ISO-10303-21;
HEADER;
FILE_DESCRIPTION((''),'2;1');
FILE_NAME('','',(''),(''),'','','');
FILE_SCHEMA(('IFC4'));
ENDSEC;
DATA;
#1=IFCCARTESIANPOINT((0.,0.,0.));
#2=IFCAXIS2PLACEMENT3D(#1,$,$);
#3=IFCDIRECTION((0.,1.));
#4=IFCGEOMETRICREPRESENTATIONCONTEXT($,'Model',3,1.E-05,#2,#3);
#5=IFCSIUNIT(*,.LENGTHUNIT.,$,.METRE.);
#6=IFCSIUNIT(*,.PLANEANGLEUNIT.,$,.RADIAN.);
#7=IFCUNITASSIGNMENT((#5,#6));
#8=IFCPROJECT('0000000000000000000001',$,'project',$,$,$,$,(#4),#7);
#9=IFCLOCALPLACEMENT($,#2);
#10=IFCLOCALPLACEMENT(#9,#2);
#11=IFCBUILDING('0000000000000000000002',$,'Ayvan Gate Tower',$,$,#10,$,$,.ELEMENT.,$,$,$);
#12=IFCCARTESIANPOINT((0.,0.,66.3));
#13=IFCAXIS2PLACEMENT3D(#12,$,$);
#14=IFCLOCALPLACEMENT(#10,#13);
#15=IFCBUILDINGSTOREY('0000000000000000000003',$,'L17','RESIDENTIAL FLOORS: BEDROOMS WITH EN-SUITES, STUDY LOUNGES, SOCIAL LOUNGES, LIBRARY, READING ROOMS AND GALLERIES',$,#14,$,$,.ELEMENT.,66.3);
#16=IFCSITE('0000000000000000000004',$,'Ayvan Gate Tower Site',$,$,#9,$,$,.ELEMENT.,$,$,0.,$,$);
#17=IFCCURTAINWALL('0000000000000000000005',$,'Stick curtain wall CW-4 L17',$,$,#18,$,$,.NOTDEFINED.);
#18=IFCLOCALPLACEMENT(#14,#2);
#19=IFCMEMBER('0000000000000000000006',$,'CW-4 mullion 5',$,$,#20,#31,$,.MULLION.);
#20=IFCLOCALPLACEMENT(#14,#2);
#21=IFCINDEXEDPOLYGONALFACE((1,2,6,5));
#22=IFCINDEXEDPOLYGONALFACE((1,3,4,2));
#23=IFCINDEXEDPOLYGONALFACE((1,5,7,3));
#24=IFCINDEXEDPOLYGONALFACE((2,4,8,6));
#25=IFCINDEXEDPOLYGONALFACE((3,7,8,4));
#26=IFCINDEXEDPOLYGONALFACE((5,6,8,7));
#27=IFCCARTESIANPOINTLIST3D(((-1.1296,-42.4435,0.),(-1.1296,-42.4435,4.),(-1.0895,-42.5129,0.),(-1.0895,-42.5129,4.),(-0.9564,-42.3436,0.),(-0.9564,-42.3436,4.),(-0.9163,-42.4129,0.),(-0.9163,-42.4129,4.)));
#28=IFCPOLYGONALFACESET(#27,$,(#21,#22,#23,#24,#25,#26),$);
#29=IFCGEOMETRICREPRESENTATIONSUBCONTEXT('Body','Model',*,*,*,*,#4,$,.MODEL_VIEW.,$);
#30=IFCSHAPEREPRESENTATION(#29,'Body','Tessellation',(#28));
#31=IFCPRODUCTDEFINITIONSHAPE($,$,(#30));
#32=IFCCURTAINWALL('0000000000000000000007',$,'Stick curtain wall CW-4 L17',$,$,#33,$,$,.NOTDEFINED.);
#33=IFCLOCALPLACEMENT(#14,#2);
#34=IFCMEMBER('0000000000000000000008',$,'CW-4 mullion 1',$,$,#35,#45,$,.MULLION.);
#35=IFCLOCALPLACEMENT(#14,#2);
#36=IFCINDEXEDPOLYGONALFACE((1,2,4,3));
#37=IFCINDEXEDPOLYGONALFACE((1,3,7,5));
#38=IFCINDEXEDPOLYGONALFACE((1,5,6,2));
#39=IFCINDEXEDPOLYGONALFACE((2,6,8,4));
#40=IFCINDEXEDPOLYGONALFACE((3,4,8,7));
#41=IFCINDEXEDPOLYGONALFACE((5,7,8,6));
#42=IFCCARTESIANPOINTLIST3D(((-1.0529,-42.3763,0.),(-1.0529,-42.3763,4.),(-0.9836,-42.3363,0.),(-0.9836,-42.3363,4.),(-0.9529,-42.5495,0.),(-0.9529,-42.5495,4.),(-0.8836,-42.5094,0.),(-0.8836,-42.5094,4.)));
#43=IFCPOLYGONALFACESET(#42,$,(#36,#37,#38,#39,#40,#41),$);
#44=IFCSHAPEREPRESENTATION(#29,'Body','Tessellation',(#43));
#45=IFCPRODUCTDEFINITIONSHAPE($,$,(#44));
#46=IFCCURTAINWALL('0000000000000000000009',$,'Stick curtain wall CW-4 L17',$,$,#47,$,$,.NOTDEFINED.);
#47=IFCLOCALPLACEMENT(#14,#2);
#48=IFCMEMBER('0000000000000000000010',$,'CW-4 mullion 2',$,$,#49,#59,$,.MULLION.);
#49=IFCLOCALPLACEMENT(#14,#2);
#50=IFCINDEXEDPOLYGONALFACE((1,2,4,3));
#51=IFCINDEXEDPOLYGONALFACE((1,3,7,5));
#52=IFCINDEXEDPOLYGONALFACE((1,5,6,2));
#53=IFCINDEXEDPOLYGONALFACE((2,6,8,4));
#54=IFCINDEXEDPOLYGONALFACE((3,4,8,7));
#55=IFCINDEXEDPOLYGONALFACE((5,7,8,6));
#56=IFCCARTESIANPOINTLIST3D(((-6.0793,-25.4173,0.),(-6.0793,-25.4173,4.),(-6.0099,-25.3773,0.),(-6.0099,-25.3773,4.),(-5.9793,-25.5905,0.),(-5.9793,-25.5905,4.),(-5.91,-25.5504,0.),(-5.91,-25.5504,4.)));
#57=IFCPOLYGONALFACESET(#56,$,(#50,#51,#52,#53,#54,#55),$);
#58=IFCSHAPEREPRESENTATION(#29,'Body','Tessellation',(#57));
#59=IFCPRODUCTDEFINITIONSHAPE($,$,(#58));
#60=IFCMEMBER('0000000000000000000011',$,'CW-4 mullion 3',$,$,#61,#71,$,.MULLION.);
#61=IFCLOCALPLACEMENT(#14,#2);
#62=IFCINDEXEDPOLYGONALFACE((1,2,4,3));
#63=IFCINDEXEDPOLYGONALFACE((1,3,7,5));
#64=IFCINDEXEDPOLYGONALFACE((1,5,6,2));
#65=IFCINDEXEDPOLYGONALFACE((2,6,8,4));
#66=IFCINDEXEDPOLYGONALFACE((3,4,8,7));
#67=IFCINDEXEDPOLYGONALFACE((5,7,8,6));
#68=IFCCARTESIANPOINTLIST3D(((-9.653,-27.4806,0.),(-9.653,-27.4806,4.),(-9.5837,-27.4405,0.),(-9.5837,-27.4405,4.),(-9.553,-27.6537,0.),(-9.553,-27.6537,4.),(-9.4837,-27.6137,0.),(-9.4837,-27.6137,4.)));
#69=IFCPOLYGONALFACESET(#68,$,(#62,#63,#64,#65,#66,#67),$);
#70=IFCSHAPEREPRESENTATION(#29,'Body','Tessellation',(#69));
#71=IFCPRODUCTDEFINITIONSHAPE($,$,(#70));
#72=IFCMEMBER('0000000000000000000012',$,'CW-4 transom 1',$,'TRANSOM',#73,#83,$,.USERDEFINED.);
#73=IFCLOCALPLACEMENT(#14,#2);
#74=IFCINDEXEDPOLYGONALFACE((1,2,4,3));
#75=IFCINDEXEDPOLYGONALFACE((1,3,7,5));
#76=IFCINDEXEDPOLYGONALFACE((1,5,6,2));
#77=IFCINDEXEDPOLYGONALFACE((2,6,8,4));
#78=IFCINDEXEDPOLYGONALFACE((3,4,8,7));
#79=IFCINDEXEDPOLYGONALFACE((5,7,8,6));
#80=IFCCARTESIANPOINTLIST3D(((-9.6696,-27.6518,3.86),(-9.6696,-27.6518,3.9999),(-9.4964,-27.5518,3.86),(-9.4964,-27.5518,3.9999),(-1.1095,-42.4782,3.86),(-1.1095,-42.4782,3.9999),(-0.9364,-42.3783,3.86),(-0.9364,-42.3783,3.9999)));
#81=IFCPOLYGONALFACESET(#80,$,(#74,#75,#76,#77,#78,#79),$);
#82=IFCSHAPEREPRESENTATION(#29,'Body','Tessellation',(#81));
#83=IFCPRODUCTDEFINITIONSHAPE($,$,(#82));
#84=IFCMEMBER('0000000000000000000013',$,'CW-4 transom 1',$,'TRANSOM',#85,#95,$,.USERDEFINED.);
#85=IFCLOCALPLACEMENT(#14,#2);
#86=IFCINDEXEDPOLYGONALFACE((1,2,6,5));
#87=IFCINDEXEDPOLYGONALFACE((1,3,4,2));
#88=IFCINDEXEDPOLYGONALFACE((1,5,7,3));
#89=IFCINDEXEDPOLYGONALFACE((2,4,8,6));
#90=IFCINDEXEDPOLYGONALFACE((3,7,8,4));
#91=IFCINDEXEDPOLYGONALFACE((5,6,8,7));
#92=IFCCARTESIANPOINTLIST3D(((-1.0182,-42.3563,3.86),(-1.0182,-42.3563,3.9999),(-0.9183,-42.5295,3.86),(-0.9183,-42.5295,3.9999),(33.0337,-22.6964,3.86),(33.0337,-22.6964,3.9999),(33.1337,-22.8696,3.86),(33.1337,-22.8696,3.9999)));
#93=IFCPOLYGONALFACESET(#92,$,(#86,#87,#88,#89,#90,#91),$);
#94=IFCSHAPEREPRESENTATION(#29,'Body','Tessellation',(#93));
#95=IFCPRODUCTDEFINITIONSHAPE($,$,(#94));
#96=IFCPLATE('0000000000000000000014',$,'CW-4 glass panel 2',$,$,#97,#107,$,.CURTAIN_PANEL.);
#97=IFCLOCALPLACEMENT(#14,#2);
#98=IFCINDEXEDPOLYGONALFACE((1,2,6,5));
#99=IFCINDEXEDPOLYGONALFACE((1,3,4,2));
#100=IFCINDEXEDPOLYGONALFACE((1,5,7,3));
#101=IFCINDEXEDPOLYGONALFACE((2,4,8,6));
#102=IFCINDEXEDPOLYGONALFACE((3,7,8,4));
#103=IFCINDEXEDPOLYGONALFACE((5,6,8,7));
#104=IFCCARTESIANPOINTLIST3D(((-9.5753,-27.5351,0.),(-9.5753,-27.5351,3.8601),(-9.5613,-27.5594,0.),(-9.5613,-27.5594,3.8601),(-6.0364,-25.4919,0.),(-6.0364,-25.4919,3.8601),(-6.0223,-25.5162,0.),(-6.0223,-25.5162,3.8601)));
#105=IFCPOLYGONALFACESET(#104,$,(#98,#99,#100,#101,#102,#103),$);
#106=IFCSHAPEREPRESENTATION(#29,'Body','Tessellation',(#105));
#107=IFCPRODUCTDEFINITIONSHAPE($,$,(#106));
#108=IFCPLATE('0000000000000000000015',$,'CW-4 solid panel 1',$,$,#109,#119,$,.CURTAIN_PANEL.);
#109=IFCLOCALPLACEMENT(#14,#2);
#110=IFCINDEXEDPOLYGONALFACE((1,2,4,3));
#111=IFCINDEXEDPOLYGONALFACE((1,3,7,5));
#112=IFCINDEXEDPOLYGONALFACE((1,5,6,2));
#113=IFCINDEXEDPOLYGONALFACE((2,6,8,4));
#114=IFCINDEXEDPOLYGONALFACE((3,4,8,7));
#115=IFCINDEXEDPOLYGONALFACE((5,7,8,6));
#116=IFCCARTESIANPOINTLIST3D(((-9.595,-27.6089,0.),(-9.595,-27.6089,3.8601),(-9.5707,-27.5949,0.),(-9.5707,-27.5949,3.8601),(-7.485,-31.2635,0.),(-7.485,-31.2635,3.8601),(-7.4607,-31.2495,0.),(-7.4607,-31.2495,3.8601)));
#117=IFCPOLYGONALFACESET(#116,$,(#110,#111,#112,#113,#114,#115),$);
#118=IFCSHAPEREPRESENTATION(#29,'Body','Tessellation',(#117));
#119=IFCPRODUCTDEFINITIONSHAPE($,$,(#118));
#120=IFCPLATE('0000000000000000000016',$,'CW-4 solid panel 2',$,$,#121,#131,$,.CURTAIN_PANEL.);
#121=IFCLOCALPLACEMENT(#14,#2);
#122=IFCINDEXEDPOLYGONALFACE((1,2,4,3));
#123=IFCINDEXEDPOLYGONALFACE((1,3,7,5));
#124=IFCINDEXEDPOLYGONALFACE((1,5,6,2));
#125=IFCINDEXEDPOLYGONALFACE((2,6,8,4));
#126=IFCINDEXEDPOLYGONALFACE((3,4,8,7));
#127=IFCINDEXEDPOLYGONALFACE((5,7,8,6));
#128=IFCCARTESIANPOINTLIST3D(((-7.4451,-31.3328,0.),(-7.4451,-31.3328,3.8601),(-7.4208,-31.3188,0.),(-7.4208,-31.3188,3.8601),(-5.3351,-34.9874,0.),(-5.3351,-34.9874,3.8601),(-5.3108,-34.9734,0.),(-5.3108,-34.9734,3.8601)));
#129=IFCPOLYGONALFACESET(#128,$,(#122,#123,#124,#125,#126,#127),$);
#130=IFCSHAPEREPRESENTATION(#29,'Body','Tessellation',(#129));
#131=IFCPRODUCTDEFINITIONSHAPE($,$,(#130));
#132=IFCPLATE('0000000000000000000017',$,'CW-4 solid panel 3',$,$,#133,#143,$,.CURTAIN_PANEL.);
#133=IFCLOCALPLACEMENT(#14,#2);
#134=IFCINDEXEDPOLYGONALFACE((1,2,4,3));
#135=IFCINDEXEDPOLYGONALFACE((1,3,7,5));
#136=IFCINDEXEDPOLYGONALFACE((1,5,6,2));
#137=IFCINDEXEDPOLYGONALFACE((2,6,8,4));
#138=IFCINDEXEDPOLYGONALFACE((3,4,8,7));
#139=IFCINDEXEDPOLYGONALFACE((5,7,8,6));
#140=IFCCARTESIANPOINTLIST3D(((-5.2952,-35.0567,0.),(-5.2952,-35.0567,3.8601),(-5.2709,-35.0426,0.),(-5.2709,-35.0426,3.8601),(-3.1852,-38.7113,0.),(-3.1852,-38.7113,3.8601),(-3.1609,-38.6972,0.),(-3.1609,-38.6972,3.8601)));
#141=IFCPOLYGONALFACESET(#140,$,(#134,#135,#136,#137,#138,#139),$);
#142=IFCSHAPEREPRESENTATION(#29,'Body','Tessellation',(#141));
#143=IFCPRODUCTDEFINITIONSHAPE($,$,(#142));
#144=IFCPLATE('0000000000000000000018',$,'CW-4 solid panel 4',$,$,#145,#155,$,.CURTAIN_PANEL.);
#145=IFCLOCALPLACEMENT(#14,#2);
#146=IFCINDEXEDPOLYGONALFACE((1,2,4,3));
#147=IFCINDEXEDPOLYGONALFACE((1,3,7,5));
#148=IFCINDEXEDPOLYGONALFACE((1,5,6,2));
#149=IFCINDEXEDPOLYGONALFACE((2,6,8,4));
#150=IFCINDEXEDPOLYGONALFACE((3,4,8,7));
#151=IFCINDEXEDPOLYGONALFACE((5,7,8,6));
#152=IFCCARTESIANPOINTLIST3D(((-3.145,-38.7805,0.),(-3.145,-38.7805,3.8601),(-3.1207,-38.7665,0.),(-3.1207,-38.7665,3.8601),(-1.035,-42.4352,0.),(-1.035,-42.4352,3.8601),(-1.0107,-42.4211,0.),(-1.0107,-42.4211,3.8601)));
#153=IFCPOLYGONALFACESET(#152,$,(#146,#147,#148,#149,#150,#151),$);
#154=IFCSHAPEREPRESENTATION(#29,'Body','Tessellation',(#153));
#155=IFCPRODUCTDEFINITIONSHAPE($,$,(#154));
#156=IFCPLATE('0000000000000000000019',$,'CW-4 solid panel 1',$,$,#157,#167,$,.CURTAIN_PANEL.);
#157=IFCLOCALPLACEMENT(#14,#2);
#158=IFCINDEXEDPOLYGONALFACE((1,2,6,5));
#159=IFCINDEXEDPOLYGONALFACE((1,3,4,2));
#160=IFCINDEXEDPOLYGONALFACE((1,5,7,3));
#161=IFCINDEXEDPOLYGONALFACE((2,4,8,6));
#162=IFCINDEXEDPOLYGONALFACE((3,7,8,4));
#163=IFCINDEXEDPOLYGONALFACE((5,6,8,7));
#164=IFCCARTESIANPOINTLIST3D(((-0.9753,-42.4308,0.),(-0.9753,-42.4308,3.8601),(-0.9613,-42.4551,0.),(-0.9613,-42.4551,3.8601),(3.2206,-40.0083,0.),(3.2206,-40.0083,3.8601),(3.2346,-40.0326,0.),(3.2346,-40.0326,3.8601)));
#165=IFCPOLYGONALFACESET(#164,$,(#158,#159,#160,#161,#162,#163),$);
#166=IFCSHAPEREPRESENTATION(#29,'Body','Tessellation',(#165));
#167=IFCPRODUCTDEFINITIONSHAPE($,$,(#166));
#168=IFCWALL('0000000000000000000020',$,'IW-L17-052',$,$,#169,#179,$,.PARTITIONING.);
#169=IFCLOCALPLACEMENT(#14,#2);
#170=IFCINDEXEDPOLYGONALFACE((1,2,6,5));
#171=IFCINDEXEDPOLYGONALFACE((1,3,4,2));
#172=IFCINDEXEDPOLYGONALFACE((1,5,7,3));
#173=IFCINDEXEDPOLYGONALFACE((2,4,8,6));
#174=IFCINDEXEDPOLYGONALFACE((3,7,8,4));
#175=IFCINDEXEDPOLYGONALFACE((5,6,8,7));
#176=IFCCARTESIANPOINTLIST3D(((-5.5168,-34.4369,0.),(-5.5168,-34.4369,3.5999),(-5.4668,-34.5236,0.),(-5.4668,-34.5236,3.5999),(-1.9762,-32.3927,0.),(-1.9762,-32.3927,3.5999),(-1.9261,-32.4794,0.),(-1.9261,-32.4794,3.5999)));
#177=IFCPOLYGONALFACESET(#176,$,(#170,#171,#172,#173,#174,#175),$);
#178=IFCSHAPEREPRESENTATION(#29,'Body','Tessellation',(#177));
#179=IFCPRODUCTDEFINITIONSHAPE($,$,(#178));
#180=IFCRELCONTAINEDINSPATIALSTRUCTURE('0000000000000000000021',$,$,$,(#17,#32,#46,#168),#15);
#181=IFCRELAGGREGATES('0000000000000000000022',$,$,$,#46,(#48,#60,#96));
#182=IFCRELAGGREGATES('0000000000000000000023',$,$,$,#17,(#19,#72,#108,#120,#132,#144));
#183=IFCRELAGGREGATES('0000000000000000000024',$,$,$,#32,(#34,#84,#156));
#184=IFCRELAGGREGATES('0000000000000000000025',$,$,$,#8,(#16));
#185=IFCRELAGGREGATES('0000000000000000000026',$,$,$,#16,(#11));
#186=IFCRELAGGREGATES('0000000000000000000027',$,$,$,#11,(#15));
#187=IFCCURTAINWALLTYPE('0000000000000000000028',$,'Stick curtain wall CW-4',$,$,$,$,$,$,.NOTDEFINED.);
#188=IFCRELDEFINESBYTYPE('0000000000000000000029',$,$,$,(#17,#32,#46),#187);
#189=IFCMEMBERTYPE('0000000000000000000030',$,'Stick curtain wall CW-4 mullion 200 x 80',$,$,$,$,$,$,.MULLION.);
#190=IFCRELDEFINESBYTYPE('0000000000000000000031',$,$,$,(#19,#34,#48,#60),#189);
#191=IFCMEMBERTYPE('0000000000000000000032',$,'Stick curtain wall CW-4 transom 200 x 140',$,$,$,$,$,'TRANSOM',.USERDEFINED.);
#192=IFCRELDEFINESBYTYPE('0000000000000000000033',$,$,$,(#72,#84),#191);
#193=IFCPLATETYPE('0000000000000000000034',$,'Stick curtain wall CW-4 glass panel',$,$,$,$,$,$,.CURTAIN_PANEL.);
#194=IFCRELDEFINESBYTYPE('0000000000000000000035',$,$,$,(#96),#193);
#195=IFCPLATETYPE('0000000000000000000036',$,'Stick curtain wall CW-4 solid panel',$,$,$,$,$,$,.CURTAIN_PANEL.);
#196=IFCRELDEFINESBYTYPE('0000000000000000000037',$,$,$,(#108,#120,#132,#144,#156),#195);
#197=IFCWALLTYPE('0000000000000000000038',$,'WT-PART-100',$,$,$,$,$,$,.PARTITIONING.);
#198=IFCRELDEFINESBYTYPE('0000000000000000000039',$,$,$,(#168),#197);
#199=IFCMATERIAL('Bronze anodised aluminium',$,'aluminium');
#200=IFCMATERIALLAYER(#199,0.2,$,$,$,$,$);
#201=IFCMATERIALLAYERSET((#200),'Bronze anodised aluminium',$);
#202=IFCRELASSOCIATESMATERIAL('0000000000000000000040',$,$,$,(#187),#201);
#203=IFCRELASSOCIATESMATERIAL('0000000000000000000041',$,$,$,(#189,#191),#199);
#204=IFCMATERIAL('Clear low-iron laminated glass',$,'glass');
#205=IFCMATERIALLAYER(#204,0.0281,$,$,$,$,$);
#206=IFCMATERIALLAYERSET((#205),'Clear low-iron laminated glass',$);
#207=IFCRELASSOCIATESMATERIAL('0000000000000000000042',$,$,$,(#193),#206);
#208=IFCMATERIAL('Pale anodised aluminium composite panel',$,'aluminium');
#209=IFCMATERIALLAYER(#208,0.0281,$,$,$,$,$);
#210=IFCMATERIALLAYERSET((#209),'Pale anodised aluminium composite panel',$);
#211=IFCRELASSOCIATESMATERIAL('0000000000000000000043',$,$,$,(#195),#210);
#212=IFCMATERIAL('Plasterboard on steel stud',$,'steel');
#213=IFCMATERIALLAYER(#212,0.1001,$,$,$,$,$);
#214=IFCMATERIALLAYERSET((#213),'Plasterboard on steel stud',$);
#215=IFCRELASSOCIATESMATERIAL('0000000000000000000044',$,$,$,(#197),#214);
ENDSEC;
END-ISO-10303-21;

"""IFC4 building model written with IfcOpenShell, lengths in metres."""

from ifc_helpers import new_model, si_unit, direction, frame, frame_2d, origin, origin_2d, place, context, subcontext, project, spatial, rectangle, extrude, material, layer, layer_set, material_profile, profile_set, type_object, element, aggregate, save


model = new_model("IFC4")

# Units and contexts
model_context = context("Model", 3, precision=1e-05, world=origin(), true_north=direction((0.0, 1.0)))
body_context = subcontext(model_context, "Body", "Model", "MODEL_VIEW")
ifc_project = project(units=[si_unit("LENGTHUNIT", "METRE"), si_unit("PLANEANGLEUNIT", "RADIAN")], contexts=[model_context])

# Site, building, storey
site_placement = place(None, origin())
site = spatial("IfcSite", under=ifc_project, at=site_placement, Name="Ayvan Gate Tower Site", CompositionType="ELEMENT", RefElevation=0.0)
building_placement = place(site_placement, origin())
building = spatial("IfcBuilding", under=site, at=building_placement, Name="Ayvan Gate Tower", CompositionType="ELEMENT")
storey_placement = place(building_placement, frame((0.0, 0.0, 66.3)))
storey = spatial("IfcBuildingStorey", under=building, at=storey_placement, Name="L17", Description="RESIDENTIAL FLOORS: BEDROOMS WITH EN-SUITES, STUDY LOUNGES, SOCIAL LOUNGES, LIBRARY, READING ROOMS AND GALLERIES", CompositionType="ELEMENT", Elevation=66.3)

# Curtain wall, member
ifc_material_1 = material(Name="Bronze anodised aluminium", Category="aluminium")
ifc_layer_1 = layer(ifc_material_1, 0.2)
ifc_layer_set_1 = layer_set([ifc_layer_1], Name="Bronze anodised aluminium")
curtain_wall_type = type_object("IfcCurtainWallType", Name="Stick curtain wall CW-4", PredefinedType="NOTDEFINED", material=ifc_layer_set_1)
curtain_wall_1_placement = place(storey_placement, origin())
curtain_wall_1 = element("IfcCurtainWall", 1, at=curtain_wall_1_placement, inside=storey, type_object=curtain_wall_type, Name="Stick curtain wall CW-4 L17", PredefinedType="NOTDEFINED")
ifc_material_profile_1 = material_profile(ifc_material_1, rectangle(XDim=0.2, YDim=0.0801, at=origin_2d()), Name="Stick curtain wall CW-4 mullion 200 x 80")
ifc_profile_set_1 = profile_set([ifc_material_profile_1], Name="Bronze anodised aluminium")
member_type_1 = type_object("IfcMemberType", Name="Stick curtain wall CW-4 mullion 200 x 80", PredefinedType="MULLION", material=ifc_profile_set_1)
member_1_placement = place(storey_placement, frame((-1.0229, -42.4282, 0.0), z_axis=(0.0, 0.0, 1.0), x_axis=(-0.866025, -0.5, 0.0)))
member_1 = element("IfcMember", 2, at=member_1_placement, type_object=member_type_1, Name="CW-4 mullion 5", PredefinedType="MULLION", context=body_context, shape_type="SweptSolid", body=[
    extrude(rectangle(XDim=0.2, YDim=0.0801, at=origin_2d()), origin(), (0.0, 0.0, 1.0), 4.0),
])

# Curtain wall, member
curtain_wall_2_placement = place(storey_placement, origin())
curtain_wall_2 = element("IfcCurtainWall", 3, at=curtain_wall_2_placement, inside=storey, type_object=curtain_wall_type, Name="Stick curtain wall CW-4 L17", PredefinedType="NOTDEFINED")
member_2_placement = place(storey_placement, frame((-0.9683, -42.4429, 0.0), z_axis=(0.0, 0.0, 1.0), x_axis=(0.5, -0.866025, 0.0)))
member_2 = element("IfcMember", 4, at=member_2_placement, type_object=member_type_1, Name="CW-4 mullion 1", PredefinedType="MULLION", context=body_context, shape_type="SweptSolid", body=[
    extrude(rectangle(XDim=0.2, YDim=0.0801, at=origin_2d()), origin(), (0.0, 0.0, 1.0), 4.0),
])

# Curtain wall, members
curtain_wall_3_placement = place(storey_placement, origin())
curtain_wall_3 = element("IfcCurtainWall", 5, at=curtain_wall_3_placement, inside=storey, type_object=curtain_wall_type, Name="Stick curtain wall CW-4 L17", PredefinedType="NOTDEFINED")
member_3_placement = place(storey_placement, frame((-5.9946, -25.4839, 0.0), z_axis=(0.0, 0.0, 1.0), x_axis=(-0.5, 0.866025, 0.0)))
member_3 = element("IfcMember", 6, at=member_3_placement, type_object=member_type_1, Name="CW-4 mullion 2", PredefinedType="MULLION", context=body_context, shape_type="SweptSolid", body=[
    extrude(rectangle(XDim=0.2, YDim=0.0801, at=origin_2d()), origin(), (0.0, 0.0, 1.0), 4.0),
])
member_4_placement = place(storey_placement, frame((-9.5684, -27.5471, 0.0), z_axis=(0.0, 0.0, 1.0), x_axis=(-0.5, 0.866025, 0.0)))
member_4 = element("IfcMember", 7, at=member_4_placement, type_object=member_type_1, Name="CW-4 mullion 3", PredefinedType="MULLION", context=body_context, shape_type="SweptSolid", body=[
    extrude(rectangle(XDim=0.2, YDim=0.0801, at=origin_2d()), origin(), (0.0, 0.0, 1.0), 4.0),
])

# Members
ifc_material_profile_2 = material_profile(ifc_material_1, rectangle(XDim=0.2, YDim=0.1399, at=origin_2d()), Name="Stick curtain wall CW-4 transom 200 x 140")
ifc_profile_set_2 = profile_set([ifc_material_profile_2], Name="Bronze anodised aluminium")
member_type_2 = type_object("IfcMemberType", Name="Stick curtain wall CW-4 transom 200 x 140", ElementType="TRANSOM", PredefinedType="USERDEFINED", material=ifc_profile_set_2)
member_5_placement = place(storey_placement, frame((-9.583, -27.6018, 3.9299), z_axis=(0.500001, -0.866025, 0.0), x_axis=(0.866025, 0.500001, 0.0)))
member_5 = element("IfcMember", 8, at=member_5_placement, type_object=member_type_2, Name="CW-4 transom 1", ObjectType="TRANSOM", PredefinedType="USERDEFINED", context=body_context, shape_type="SweptSolid", body=[
    extrude(rectangle(XDim=0.2, YDim=0.1399, at=origin_2d()), origin(), (0.0, 0.0, 1.0), 17.1201),
])
member_6_placement = place(storey_placement, frame((-0.9683, -42.4429, 3.9299), z_axis=(0.866026, 0.5, 0.0), x_axis=(-0.5, 0.866026, 0.0)))
member_6 = element("IfcMember", 9, at=member_6_placement, type_object=member_type_2, Name="CW-4 transom 1", ObjectType="TRANSOM", PredefinedType="USERDEFINED", context=body_context, shape_type="SweptSolid", body=[
    extrude(rectangle(XDim=0.2, YDim=0.1399, at=origin_2d()), origin(), (0.0, 0.0, 1.0), 39.3198),
])

# Plates
ifc_material_2 = material(Name="Clear low-iron laminated glass", Category="glass")
ifc_layer_2 = layer(ifc_material_2, 0.0281)
ifc_layer_set_2 = layer_set([ifc_layer_2], Name="Clear low-iron laminated glass")
plate_type_1 = type_object("IfcPlateType", Name="Stick curtain wall CW-4 glass panel", PredefinedType="CURTAIN_PANEL", material=ifc_layer_set_2)
plate_1_placement = place(storey_placement, frame((-7.7988, -26.5256, 0.0), z_axis=(0.0, 0.0, 1.0), x_axis=(-0.866025, -0.5, 0.0)))
plate_1 = element("IfcPlate", 10, at=plate_1_placement, type_object=plate_type_1, Name="CW-4 glass panel 2", PredefinedType="CURTAIN_PANEL", context=body_context, shape_type="SweptSolid", body=[
    extrude(rectangle(XDim=4.0864, YDim=0.0281, at=origin_2d()), origin(), (0.0, 0.0, 1.0), 3.8601),
])
aggregate(curtain_wall_3, [member_3, member_4, plate_1])
ifc_material_3 = material(Name="Pale anodised aluminium composite panel", Category="aluminium")
ifc_layer_3 = layer(ifc_material_3, 0.0281)
ifc_layer_set_3 = layer_set([ifc_layer_3], Name="Pale anodised aluminium composite panel")
plate_type_2 = type_object("IfcPlateType", Name="Stick curtain wall CW-4 solid panel", PredefinedType="CURTAIN_PANEL", material=ifc_layer_set_3)
plate_2_placement = place(storey_placement, frame((-8.5278, -29.4292, 0.0), z_axis=(0.0, 0.0, 1.0), x_axis=(0.5, -0.866025, 0.0)))
plate_2 = element("IfcPlate", 11, at=plate_2_placement, type_object=plate_type_2, Name="CW-4 solid panel 1", PredefinedType="CURTAIN_PANEL", context=body_context, shape_type="SweptSolid", body=[
    extrude(rectangle(XDim=4.22, YDim=0.0281, at=origin_2d()), origin(), (0.0, 0.0, 1.0), 3.8601),
])
plate_3_placement = place(storey_placement, frame((-6.3779, -33.1531, 0.0), z_axis=(0.0, 0.0, 1.0), x_axis=(0.5, -0.866025, 0.0)))
plate_3 = element("IfcPlate", 12, at=plate_3_placement, type_object=plate_type_2, Name="CW-4 solid panel 2", PredefinedType="CURTAIN_PANEL", context=body_context, shape_type="SweptSolid", body=[
    extrude(rectangle(XDim=4.22, YDim=0.0281, at=origin_2d()), origin(), (0.0, 0.0, 1.0), 3.8601),
])
plate_4_placement = place(storey_placement, frame((-4.228, -36.877, 0.0), z_axis=(0.0, 0.0, 1.0), x_axis=(0.5, -0.866025, 0.0)))
plate_4 = element("IfcPlate", 13, at=plate_4_placement, type_object=plate_type_2, Name="CW-4 solid panel 3", PredefinedType="CURTAIN_PANEL", context=body_context, shape_type="SweptSolid", body=[
    extrude(rectangle(XDim=4.22, YDim=0.0281, at=origin_2d()), origin(), (0.0, 0.0, 1.0), 3.8601),
])
plate_5_placement = place(storey_placement, frame((-2.0779, -40.6008, 0.0), z_axis=(0.0, 0.0, 1.0), x_axis=(0.5, -0.866025, 0.0)))
plate_5 = element("IfcPlate", 14, at=plate_5_placement, type_object=plate_type_2, Name="CW-4 solid panel 4", PredefinedType="CURTAIN_PANEL", context=body_context, shape_type="SweptSolid", body=[
    extrude(rectangle(XDim=4.22, YDim=0.0281, at=origin_2d()), origin(), (0.0, 0.0, 1.0), 3.8601),
])
aggregate(curtain_wall_1, [member_1, member_5, plate_2, plate_3, plate_4, plate_5])
plate_6_placement = place(storey_placement, frame((1.1296, -41.2317, 0.0), z_axis=(0.0, 0.0, 1.0), x_axis=(0.866025, 0.5, 0.0)))
plate_6 = element("IfcPlate", 15, at=plate_6_placement, type_object=plate_type_2, Name="CW-4 solid panel 1", PredefinedType="CURTAIN_PANEL", context=body_context, shape_type="SweptSolid", body=[
    extrude(rectangle(XDim=4.845, YDim=0.0281, at=origin_2d()), origin(), (0.0, 0.0, 1.0), 3.8601),
])
aggregate(curtain_wall_2, [member_2, member_6, plate_6])

# Wall
ifc_material_4 = material(Name="Plasterboard on steel stud", Category="steel")
ifc_layer_4 = layer(ifc_material_4, 0.1001)
ifc_layer_set_4 = layer_set([ifc_layer_4], Name="Plasterboard on steel stud")
wall_type_1 = type_object("IfcWallType", Name="WT-PART-100", PredefinedType="PARTITIONING", material=ifc_layer_set_4)
wall_1_placement = place(storey_placement, frame((-1.9512, -32.436, 0.0), z_axis=(0.0, 0.0, 1.0), x_axis=(-0.866019, -0.500012, 0.0)))
element("IfcWall", 16, at=wall_1_placement, inside=storey, type_object=wall_type_1, Name="IW-L17-052", PredefinedType="PARTITIONING", context=body_context, shape_type="SweptSolid", body=[
    extrude(rectangle(XDim=4.0884, YDim=0.1001, at=frame_2d((2.0442, 0.0))), origin(), (0.0, 0.0, 1.0), 3.5999),
])

save(model, "model.ifc")
